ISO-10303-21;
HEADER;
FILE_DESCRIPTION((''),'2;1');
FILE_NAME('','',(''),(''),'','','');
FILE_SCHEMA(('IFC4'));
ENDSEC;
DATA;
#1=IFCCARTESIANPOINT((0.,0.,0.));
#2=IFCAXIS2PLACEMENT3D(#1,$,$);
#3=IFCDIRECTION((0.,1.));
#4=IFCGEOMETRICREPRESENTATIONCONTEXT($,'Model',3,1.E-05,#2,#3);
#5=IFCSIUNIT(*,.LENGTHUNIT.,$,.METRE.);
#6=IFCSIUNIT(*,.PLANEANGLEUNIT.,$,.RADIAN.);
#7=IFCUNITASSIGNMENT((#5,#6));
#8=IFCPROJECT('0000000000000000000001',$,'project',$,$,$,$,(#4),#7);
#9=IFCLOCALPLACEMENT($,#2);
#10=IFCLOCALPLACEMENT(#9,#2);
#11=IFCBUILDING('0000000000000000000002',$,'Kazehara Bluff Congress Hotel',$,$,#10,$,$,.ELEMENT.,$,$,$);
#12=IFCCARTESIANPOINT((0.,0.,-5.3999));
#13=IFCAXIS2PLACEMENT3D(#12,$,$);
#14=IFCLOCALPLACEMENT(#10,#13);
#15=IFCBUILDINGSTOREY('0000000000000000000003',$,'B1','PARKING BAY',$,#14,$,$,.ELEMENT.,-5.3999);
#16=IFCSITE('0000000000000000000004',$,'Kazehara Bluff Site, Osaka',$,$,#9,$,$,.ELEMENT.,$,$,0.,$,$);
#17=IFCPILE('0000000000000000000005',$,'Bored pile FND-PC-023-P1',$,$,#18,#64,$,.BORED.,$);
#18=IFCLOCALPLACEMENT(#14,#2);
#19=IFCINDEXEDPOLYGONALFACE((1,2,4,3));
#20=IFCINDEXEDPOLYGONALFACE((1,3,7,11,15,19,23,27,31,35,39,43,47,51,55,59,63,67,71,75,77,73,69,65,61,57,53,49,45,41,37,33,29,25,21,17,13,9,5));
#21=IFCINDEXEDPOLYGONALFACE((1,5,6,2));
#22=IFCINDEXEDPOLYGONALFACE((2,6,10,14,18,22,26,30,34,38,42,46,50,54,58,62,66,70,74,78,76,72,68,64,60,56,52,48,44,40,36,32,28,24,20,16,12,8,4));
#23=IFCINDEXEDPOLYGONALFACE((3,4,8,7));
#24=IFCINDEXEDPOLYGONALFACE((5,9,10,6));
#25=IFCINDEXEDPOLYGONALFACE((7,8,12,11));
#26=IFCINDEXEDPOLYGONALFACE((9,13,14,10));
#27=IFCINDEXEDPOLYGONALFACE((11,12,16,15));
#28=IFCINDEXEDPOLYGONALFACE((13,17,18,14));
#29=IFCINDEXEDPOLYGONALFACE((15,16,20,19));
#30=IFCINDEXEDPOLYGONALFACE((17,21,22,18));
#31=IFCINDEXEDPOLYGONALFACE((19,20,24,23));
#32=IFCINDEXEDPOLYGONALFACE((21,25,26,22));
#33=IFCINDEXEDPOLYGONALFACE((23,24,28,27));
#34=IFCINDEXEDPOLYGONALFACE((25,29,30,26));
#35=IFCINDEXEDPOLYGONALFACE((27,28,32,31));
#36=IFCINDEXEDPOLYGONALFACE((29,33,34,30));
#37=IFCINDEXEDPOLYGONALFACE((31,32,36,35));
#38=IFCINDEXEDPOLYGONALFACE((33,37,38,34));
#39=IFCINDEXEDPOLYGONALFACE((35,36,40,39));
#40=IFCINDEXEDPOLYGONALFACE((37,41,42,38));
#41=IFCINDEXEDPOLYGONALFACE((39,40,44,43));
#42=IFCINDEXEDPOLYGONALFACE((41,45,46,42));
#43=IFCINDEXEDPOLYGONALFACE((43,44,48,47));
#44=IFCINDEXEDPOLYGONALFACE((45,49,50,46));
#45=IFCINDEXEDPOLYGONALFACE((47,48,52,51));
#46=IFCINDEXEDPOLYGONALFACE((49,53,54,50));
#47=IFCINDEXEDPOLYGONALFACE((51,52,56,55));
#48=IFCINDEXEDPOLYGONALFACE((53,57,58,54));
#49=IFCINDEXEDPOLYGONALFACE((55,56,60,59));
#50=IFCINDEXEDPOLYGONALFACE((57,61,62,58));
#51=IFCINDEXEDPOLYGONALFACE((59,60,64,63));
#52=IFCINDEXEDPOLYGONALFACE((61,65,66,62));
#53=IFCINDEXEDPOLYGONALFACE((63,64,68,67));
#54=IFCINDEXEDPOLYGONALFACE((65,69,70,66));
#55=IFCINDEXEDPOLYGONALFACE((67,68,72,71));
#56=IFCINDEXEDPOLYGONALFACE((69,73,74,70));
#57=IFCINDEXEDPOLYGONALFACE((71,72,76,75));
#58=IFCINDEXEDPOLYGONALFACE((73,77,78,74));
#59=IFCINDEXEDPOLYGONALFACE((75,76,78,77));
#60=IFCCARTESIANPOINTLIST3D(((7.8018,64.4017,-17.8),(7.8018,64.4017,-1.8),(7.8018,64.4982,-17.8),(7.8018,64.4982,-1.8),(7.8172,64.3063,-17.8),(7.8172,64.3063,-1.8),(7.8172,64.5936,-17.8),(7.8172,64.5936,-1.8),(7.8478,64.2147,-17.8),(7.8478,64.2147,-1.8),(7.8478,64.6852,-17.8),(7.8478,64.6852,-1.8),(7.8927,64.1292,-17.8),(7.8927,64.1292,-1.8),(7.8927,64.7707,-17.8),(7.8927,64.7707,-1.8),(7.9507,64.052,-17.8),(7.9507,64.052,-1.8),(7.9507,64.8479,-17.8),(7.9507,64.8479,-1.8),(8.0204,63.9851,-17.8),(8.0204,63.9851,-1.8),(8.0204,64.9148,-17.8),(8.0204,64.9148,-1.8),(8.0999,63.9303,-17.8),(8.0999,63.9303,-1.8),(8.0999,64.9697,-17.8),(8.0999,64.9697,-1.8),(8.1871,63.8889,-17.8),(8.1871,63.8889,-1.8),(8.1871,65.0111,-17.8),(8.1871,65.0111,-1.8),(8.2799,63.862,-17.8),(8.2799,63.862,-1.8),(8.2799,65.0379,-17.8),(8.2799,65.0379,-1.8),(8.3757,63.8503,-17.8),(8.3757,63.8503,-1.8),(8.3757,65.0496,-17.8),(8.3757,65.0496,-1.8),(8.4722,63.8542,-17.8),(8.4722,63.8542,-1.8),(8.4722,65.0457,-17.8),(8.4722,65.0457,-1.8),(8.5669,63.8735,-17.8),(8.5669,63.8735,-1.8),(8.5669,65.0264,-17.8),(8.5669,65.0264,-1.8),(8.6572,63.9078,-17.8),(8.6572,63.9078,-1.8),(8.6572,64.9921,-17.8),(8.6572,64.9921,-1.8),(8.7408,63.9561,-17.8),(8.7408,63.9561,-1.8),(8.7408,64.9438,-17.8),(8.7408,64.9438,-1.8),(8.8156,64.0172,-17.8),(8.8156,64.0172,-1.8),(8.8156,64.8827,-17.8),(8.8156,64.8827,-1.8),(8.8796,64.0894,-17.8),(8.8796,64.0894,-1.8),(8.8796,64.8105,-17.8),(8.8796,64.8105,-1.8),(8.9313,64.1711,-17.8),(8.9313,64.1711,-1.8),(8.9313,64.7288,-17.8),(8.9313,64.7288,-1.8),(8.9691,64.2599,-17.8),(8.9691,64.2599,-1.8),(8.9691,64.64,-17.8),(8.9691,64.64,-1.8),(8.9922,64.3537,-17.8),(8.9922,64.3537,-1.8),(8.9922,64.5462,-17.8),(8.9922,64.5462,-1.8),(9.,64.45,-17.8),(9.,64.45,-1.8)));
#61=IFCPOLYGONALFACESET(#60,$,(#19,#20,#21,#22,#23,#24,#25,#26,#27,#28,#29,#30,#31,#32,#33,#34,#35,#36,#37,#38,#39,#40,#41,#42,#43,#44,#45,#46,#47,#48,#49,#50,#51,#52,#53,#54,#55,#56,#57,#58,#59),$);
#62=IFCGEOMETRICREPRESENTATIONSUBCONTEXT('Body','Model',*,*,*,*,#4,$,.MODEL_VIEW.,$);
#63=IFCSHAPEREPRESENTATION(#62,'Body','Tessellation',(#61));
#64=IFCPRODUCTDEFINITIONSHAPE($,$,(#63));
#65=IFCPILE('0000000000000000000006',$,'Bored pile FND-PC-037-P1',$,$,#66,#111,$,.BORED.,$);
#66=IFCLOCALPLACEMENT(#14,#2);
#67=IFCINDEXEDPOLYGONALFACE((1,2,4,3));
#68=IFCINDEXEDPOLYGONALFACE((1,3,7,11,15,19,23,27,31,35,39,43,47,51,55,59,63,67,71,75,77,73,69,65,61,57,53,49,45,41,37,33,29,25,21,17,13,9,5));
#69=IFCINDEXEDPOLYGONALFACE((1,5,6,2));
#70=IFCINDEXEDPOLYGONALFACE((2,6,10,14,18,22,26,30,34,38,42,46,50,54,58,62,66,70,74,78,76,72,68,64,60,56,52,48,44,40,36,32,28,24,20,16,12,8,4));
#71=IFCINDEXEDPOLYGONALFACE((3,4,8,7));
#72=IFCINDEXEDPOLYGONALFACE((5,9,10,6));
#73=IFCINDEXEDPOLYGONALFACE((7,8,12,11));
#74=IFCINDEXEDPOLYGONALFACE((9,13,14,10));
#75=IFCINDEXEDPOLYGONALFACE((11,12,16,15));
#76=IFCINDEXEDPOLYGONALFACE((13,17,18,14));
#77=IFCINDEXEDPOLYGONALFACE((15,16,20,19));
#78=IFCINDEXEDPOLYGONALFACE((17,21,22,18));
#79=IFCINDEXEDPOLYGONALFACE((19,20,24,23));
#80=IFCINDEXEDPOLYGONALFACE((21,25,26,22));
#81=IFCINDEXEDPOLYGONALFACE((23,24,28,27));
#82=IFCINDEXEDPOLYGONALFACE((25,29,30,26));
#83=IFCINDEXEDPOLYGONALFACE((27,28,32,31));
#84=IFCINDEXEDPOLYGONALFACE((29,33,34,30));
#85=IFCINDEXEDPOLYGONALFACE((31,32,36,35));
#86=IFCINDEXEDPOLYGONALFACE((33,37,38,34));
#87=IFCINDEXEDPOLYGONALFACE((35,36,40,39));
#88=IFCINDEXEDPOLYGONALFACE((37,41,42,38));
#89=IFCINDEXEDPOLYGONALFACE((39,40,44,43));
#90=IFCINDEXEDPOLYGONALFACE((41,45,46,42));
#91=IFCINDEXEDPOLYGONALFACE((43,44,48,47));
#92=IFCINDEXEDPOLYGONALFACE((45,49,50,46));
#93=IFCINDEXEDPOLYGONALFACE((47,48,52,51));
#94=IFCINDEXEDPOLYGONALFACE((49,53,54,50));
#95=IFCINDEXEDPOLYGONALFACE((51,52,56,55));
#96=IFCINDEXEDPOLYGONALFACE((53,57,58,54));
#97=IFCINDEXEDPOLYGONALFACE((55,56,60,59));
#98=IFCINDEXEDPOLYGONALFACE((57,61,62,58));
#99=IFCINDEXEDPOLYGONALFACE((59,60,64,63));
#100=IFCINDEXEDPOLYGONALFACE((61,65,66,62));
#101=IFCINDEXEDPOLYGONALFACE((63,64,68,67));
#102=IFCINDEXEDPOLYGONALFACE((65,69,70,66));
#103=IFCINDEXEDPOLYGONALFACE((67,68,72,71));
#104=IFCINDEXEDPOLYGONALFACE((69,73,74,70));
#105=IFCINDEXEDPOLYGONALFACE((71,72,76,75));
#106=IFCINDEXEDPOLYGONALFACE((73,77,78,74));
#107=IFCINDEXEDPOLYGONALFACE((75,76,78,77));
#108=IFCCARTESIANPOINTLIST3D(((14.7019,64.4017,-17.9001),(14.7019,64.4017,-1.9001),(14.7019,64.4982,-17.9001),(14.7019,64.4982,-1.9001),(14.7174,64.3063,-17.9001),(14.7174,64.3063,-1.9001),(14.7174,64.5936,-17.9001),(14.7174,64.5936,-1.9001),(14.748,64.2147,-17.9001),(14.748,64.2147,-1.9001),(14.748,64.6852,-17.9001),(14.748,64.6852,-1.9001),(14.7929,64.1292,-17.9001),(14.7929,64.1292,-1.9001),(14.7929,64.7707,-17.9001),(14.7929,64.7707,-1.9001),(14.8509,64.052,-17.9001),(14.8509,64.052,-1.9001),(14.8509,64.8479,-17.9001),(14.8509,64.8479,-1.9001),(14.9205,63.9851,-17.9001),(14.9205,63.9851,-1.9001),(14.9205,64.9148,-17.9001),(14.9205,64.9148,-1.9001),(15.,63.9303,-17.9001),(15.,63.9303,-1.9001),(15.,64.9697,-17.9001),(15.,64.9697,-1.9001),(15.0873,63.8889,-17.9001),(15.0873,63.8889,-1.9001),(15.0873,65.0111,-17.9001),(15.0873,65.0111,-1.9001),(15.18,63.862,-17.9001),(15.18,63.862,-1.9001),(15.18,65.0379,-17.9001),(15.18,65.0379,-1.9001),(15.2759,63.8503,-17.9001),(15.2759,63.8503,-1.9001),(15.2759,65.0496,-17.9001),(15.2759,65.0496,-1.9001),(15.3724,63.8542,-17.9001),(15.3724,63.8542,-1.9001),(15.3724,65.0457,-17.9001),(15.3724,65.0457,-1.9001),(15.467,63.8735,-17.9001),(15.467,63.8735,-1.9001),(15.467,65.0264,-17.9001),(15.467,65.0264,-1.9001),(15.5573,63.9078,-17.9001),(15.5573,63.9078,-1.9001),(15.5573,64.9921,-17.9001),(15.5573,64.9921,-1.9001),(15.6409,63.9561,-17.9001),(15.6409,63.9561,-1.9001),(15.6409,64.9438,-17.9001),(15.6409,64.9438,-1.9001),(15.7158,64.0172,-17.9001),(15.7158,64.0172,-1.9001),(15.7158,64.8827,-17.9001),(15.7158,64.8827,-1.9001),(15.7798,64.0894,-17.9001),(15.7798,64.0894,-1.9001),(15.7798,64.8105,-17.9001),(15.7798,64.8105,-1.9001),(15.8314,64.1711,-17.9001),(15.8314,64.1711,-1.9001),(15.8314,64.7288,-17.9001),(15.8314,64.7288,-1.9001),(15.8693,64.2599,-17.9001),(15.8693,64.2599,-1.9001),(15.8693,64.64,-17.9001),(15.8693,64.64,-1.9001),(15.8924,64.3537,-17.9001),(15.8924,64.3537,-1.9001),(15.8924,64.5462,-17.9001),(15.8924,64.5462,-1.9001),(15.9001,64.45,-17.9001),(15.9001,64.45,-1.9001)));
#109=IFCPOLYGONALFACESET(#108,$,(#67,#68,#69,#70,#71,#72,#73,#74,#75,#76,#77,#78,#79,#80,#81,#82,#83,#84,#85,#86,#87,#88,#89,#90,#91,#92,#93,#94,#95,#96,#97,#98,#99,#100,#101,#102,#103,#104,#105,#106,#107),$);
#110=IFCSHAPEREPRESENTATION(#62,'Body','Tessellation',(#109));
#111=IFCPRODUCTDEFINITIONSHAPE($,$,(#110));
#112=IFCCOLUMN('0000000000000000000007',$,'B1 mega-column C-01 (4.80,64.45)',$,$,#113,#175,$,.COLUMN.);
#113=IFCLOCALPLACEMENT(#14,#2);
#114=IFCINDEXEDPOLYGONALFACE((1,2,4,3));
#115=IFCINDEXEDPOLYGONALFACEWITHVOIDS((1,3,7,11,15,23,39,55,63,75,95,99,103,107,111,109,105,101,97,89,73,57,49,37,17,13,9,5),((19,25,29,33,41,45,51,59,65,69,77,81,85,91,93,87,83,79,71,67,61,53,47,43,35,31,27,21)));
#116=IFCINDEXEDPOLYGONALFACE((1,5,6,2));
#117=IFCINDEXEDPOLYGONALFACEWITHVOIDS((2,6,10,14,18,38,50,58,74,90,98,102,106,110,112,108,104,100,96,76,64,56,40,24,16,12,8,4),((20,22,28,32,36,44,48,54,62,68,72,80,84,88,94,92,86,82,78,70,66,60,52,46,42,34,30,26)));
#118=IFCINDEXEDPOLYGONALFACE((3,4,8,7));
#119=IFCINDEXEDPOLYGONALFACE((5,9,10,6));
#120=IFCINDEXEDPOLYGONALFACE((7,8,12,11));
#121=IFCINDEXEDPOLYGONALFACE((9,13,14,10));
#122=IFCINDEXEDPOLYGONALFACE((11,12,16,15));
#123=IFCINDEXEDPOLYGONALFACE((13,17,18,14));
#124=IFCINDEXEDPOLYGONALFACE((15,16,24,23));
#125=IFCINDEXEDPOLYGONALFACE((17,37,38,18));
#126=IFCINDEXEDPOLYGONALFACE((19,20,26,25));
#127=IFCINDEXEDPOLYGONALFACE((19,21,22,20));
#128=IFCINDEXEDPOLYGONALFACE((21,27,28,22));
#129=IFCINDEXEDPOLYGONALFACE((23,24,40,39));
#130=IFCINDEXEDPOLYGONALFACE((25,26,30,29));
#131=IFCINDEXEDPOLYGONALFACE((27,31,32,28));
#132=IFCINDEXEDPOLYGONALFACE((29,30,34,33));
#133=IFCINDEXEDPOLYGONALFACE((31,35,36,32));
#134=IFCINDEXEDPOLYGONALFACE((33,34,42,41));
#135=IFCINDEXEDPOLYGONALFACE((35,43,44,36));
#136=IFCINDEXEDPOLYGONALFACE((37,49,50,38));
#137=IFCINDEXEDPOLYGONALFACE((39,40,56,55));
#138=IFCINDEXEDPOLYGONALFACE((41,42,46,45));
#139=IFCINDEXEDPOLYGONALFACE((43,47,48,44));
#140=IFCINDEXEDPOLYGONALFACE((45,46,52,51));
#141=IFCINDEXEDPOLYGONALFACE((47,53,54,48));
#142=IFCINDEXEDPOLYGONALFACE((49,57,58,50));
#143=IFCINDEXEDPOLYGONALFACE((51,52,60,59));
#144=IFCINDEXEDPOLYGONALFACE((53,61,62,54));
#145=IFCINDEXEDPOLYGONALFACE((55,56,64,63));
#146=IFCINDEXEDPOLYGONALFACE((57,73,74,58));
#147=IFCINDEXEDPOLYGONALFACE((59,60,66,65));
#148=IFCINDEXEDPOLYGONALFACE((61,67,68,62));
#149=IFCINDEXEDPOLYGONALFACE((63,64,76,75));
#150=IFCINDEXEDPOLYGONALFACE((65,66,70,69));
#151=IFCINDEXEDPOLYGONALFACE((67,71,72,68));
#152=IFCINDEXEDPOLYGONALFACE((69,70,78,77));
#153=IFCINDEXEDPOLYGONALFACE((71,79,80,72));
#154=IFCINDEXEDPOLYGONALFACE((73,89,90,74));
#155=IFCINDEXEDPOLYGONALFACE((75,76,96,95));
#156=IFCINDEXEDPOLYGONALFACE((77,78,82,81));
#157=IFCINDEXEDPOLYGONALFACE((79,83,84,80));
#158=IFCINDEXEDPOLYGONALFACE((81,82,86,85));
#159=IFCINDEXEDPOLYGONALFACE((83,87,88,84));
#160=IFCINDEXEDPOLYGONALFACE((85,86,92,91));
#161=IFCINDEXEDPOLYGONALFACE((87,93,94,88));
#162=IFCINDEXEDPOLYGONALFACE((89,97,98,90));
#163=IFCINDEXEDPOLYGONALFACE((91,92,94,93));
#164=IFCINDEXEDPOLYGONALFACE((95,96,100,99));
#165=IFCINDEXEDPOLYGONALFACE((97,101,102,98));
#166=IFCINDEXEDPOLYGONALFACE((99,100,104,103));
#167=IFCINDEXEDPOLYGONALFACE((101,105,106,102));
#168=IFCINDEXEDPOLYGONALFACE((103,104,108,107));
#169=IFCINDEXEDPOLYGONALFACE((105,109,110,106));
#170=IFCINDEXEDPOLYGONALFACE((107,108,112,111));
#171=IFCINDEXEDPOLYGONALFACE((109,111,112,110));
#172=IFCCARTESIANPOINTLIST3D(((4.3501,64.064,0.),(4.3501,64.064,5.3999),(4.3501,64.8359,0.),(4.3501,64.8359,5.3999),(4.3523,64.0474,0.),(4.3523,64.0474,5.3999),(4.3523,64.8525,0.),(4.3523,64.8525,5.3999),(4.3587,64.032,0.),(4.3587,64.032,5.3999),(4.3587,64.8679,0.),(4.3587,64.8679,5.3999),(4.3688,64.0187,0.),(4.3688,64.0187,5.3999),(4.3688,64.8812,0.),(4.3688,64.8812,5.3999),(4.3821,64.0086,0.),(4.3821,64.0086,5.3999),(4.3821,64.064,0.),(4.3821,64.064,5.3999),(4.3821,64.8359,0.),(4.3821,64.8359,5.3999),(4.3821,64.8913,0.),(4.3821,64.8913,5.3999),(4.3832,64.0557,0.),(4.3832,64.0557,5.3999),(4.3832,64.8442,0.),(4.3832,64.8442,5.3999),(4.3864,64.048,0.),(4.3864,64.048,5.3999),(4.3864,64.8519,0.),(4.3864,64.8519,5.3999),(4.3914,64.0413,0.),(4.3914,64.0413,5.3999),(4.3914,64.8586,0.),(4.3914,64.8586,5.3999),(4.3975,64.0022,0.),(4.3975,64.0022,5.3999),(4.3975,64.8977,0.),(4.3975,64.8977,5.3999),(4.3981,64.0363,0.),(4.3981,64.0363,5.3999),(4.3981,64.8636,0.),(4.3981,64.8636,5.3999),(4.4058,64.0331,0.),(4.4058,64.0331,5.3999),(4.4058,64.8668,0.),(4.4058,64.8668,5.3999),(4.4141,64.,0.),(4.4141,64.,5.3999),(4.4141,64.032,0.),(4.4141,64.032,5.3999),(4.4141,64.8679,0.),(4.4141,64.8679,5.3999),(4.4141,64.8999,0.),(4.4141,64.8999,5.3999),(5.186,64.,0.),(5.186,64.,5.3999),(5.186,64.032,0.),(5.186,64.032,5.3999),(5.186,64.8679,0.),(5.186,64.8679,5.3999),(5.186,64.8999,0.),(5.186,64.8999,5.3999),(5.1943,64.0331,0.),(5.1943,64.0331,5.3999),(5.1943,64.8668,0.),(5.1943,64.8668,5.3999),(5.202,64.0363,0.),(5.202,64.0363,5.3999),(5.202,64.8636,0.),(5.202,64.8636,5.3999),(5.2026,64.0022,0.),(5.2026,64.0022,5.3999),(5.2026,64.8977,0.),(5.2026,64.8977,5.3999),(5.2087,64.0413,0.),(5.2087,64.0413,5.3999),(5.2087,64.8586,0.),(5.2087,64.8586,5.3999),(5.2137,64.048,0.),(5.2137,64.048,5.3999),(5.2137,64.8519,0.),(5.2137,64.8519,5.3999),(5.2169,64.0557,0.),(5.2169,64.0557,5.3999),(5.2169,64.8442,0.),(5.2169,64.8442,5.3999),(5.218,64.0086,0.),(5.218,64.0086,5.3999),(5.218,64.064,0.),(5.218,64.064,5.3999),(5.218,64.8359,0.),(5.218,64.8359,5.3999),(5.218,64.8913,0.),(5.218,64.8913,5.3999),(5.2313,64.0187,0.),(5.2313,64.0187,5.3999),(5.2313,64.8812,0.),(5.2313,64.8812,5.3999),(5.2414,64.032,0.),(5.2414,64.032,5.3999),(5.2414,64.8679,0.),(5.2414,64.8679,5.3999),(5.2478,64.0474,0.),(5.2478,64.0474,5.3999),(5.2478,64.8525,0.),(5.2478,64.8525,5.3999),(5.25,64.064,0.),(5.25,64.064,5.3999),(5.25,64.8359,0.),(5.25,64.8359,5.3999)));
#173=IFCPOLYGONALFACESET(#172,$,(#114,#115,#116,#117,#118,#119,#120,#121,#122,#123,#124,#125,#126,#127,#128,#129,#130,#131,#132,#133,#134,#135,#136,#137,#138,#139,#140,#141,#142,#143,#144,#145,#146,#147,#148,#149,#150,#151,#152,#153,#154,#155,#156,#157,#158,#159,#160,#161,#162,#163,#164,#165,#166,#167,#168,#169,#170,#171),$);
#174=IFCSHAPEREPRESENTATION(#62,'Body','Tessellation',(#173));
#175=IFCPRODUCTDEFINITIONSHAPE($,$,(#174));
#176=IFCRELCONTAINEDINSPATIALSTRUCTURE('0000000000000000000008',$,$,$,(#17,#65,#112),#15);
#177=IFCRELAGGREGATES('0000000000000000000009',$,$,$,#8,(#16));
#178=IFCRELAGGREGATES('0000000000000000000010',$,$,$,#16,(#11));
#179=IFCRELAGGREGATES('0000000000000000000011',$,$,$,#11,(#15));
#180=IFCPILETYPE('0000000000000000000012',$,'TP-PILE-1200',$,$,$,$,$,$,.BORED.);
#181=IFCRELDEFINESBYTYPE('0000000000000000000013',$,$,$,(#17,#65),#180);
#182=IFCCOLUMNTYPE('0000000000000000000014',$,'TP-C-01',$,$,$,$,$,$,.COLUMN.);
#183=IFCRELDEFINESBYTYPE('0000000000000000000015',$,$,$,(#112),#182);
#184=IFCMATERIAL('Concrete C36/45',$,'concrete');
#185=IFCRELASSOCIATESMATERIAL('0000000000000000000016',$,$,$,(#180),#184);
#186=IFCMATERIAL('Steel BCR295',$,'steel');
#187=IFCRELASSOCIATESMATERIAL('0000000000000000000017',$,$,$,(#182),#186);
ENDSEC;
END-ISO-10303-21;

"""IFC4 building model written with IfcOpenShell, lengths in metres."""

from ifc_helpers import new_model, si_unit, direction, frame, origin, origin_2d, place, context, subcontext, project, spatial, hollow_rectangle, circle, extrude, material, material_profile, profile_set, type_object, element, save


model = new_model("IFC4")

# Units and contexts
model_context = context("Model", 3, precision=1e-05, world=origin(), true_north=direction((0.0, 1.0)))
body_context = subcontext(model_context, "Body", "Model", "MODEL_VIEW")
ifc_project = project(units=[si_unit("LENGTHUNIT", "METRE"), si_unit("PLANEANGLEUNIT", "RADIAN")], contexts=[model_context])

# Site, building, storey
site_placement = place(None, origin())
site = spatial("IfcSite", under=ifc_project, at=site_placement, Name="Kazehara Bluff Site, Osaka", CompositionType="ELEMENT", RefElevation=0.0)
building_placement = place(site_placement, origin())
building = spatial("IfcBuilding", under=site, at=building_placement, Name="Kazehara Bluff Congress Hotel", CompositionType="ELEMENT")
storey_placement = place(building_placement, frame((0.0, 0.0, -5.3999)))
storey = spatial("IfcBuildingStorey", under=building, at=storey_placement, Name="B1", Description="PARKING BAY", CompositionType="ELEMENT", Elevation=-5.3999)

# Piles
ifc_material_1 = material(Name="Concrete C36/45", Category="concrete")
ifc_material_profile_1 = material_profile(ifc_material_1, circle(Radius=0.6001, at=origin_2d()))
ifc_profile_set_1 = profile_set([ifc_material_profile_1], Name="Concrete C36/45")
pile_type = type_object("IfcPileType", Name="TP-PILE-1200", PredefinedType="BORED", material=ifc_profile_set_1)
for number, where, z_axis, x_axis, name in (
    (1, (8.3999, 64.45, -1.8), (0.0, 0.0, -1.0), (1.0, 0.0, 0.0), "Bored pile FND-PC-023-P1"),
    (2, (15.3, 64.45, -1.9001), (0.0, 0.0, -1.0), (1.0, 0.0, 0.0), "Bored pile FND-PC-037-P1"),
):
    element("IfcPile", number, at=place(storey_placement, frame(where, z_axis=z_axis, x_axis=x_axis)), inside=storey, type_object=pile_type, Name=name, PredefinedType="BORED", context=body_context, shape_type="SweptSolid", body=[
        extrude(circle(Radius=0.6001, at=origin_2d()), origin(), (0.0, 0.0, 1.0), 16.0),
    ])

# Column
ifc_material_2 = material(Name="Steel BCR295", Category="steel")
ifc_material_profile_2 = material_profile(ifc_material_2, hollow_rectangle(XDim=0.8999, YDim=0.8999, WallThickness=0.032, InnerFilletRadius=0.032, OuterFilletRadius=0.064, at=origin_2d()))
ifc_profile_set_2 = profile_set([ifc_material_profile_2], Name="Steel BCR295")
column_type_1 = type_object("IfcColumnType", Name="TP-C-01", PredefinedType="COLUMN", material=ifc_profile_set_2)
for number, where, z_axis, x_axis, name in (
    (3, (4.8, 64.45, 0.0), (0.0, 0.0, 1.0), (1.0, 0.0, 0.0), "B1 mega-column C-01 (4.80,64.45)"),
):
    element("IfcColumn", number, at=place(storey_placement, frame(where, z_axis=z_axis, x_axis=x_axis)), inside=storey, type_object=column_type_1, Name=name, PredefinedType="COLUMN", context=body_context, shape_type="SweptSolid", body=[
        extrude(hollow_rectangle(XDim=0.8999, YDim=0.8999, WallThickness=0.032, InnerFilletRadius=0.032, OuterFilletRadius=0.064, at=origin_2d()), origin(), (0.0, 0.0, 1.0), 5.3999),
    ])

save(model, "model.ifc")
